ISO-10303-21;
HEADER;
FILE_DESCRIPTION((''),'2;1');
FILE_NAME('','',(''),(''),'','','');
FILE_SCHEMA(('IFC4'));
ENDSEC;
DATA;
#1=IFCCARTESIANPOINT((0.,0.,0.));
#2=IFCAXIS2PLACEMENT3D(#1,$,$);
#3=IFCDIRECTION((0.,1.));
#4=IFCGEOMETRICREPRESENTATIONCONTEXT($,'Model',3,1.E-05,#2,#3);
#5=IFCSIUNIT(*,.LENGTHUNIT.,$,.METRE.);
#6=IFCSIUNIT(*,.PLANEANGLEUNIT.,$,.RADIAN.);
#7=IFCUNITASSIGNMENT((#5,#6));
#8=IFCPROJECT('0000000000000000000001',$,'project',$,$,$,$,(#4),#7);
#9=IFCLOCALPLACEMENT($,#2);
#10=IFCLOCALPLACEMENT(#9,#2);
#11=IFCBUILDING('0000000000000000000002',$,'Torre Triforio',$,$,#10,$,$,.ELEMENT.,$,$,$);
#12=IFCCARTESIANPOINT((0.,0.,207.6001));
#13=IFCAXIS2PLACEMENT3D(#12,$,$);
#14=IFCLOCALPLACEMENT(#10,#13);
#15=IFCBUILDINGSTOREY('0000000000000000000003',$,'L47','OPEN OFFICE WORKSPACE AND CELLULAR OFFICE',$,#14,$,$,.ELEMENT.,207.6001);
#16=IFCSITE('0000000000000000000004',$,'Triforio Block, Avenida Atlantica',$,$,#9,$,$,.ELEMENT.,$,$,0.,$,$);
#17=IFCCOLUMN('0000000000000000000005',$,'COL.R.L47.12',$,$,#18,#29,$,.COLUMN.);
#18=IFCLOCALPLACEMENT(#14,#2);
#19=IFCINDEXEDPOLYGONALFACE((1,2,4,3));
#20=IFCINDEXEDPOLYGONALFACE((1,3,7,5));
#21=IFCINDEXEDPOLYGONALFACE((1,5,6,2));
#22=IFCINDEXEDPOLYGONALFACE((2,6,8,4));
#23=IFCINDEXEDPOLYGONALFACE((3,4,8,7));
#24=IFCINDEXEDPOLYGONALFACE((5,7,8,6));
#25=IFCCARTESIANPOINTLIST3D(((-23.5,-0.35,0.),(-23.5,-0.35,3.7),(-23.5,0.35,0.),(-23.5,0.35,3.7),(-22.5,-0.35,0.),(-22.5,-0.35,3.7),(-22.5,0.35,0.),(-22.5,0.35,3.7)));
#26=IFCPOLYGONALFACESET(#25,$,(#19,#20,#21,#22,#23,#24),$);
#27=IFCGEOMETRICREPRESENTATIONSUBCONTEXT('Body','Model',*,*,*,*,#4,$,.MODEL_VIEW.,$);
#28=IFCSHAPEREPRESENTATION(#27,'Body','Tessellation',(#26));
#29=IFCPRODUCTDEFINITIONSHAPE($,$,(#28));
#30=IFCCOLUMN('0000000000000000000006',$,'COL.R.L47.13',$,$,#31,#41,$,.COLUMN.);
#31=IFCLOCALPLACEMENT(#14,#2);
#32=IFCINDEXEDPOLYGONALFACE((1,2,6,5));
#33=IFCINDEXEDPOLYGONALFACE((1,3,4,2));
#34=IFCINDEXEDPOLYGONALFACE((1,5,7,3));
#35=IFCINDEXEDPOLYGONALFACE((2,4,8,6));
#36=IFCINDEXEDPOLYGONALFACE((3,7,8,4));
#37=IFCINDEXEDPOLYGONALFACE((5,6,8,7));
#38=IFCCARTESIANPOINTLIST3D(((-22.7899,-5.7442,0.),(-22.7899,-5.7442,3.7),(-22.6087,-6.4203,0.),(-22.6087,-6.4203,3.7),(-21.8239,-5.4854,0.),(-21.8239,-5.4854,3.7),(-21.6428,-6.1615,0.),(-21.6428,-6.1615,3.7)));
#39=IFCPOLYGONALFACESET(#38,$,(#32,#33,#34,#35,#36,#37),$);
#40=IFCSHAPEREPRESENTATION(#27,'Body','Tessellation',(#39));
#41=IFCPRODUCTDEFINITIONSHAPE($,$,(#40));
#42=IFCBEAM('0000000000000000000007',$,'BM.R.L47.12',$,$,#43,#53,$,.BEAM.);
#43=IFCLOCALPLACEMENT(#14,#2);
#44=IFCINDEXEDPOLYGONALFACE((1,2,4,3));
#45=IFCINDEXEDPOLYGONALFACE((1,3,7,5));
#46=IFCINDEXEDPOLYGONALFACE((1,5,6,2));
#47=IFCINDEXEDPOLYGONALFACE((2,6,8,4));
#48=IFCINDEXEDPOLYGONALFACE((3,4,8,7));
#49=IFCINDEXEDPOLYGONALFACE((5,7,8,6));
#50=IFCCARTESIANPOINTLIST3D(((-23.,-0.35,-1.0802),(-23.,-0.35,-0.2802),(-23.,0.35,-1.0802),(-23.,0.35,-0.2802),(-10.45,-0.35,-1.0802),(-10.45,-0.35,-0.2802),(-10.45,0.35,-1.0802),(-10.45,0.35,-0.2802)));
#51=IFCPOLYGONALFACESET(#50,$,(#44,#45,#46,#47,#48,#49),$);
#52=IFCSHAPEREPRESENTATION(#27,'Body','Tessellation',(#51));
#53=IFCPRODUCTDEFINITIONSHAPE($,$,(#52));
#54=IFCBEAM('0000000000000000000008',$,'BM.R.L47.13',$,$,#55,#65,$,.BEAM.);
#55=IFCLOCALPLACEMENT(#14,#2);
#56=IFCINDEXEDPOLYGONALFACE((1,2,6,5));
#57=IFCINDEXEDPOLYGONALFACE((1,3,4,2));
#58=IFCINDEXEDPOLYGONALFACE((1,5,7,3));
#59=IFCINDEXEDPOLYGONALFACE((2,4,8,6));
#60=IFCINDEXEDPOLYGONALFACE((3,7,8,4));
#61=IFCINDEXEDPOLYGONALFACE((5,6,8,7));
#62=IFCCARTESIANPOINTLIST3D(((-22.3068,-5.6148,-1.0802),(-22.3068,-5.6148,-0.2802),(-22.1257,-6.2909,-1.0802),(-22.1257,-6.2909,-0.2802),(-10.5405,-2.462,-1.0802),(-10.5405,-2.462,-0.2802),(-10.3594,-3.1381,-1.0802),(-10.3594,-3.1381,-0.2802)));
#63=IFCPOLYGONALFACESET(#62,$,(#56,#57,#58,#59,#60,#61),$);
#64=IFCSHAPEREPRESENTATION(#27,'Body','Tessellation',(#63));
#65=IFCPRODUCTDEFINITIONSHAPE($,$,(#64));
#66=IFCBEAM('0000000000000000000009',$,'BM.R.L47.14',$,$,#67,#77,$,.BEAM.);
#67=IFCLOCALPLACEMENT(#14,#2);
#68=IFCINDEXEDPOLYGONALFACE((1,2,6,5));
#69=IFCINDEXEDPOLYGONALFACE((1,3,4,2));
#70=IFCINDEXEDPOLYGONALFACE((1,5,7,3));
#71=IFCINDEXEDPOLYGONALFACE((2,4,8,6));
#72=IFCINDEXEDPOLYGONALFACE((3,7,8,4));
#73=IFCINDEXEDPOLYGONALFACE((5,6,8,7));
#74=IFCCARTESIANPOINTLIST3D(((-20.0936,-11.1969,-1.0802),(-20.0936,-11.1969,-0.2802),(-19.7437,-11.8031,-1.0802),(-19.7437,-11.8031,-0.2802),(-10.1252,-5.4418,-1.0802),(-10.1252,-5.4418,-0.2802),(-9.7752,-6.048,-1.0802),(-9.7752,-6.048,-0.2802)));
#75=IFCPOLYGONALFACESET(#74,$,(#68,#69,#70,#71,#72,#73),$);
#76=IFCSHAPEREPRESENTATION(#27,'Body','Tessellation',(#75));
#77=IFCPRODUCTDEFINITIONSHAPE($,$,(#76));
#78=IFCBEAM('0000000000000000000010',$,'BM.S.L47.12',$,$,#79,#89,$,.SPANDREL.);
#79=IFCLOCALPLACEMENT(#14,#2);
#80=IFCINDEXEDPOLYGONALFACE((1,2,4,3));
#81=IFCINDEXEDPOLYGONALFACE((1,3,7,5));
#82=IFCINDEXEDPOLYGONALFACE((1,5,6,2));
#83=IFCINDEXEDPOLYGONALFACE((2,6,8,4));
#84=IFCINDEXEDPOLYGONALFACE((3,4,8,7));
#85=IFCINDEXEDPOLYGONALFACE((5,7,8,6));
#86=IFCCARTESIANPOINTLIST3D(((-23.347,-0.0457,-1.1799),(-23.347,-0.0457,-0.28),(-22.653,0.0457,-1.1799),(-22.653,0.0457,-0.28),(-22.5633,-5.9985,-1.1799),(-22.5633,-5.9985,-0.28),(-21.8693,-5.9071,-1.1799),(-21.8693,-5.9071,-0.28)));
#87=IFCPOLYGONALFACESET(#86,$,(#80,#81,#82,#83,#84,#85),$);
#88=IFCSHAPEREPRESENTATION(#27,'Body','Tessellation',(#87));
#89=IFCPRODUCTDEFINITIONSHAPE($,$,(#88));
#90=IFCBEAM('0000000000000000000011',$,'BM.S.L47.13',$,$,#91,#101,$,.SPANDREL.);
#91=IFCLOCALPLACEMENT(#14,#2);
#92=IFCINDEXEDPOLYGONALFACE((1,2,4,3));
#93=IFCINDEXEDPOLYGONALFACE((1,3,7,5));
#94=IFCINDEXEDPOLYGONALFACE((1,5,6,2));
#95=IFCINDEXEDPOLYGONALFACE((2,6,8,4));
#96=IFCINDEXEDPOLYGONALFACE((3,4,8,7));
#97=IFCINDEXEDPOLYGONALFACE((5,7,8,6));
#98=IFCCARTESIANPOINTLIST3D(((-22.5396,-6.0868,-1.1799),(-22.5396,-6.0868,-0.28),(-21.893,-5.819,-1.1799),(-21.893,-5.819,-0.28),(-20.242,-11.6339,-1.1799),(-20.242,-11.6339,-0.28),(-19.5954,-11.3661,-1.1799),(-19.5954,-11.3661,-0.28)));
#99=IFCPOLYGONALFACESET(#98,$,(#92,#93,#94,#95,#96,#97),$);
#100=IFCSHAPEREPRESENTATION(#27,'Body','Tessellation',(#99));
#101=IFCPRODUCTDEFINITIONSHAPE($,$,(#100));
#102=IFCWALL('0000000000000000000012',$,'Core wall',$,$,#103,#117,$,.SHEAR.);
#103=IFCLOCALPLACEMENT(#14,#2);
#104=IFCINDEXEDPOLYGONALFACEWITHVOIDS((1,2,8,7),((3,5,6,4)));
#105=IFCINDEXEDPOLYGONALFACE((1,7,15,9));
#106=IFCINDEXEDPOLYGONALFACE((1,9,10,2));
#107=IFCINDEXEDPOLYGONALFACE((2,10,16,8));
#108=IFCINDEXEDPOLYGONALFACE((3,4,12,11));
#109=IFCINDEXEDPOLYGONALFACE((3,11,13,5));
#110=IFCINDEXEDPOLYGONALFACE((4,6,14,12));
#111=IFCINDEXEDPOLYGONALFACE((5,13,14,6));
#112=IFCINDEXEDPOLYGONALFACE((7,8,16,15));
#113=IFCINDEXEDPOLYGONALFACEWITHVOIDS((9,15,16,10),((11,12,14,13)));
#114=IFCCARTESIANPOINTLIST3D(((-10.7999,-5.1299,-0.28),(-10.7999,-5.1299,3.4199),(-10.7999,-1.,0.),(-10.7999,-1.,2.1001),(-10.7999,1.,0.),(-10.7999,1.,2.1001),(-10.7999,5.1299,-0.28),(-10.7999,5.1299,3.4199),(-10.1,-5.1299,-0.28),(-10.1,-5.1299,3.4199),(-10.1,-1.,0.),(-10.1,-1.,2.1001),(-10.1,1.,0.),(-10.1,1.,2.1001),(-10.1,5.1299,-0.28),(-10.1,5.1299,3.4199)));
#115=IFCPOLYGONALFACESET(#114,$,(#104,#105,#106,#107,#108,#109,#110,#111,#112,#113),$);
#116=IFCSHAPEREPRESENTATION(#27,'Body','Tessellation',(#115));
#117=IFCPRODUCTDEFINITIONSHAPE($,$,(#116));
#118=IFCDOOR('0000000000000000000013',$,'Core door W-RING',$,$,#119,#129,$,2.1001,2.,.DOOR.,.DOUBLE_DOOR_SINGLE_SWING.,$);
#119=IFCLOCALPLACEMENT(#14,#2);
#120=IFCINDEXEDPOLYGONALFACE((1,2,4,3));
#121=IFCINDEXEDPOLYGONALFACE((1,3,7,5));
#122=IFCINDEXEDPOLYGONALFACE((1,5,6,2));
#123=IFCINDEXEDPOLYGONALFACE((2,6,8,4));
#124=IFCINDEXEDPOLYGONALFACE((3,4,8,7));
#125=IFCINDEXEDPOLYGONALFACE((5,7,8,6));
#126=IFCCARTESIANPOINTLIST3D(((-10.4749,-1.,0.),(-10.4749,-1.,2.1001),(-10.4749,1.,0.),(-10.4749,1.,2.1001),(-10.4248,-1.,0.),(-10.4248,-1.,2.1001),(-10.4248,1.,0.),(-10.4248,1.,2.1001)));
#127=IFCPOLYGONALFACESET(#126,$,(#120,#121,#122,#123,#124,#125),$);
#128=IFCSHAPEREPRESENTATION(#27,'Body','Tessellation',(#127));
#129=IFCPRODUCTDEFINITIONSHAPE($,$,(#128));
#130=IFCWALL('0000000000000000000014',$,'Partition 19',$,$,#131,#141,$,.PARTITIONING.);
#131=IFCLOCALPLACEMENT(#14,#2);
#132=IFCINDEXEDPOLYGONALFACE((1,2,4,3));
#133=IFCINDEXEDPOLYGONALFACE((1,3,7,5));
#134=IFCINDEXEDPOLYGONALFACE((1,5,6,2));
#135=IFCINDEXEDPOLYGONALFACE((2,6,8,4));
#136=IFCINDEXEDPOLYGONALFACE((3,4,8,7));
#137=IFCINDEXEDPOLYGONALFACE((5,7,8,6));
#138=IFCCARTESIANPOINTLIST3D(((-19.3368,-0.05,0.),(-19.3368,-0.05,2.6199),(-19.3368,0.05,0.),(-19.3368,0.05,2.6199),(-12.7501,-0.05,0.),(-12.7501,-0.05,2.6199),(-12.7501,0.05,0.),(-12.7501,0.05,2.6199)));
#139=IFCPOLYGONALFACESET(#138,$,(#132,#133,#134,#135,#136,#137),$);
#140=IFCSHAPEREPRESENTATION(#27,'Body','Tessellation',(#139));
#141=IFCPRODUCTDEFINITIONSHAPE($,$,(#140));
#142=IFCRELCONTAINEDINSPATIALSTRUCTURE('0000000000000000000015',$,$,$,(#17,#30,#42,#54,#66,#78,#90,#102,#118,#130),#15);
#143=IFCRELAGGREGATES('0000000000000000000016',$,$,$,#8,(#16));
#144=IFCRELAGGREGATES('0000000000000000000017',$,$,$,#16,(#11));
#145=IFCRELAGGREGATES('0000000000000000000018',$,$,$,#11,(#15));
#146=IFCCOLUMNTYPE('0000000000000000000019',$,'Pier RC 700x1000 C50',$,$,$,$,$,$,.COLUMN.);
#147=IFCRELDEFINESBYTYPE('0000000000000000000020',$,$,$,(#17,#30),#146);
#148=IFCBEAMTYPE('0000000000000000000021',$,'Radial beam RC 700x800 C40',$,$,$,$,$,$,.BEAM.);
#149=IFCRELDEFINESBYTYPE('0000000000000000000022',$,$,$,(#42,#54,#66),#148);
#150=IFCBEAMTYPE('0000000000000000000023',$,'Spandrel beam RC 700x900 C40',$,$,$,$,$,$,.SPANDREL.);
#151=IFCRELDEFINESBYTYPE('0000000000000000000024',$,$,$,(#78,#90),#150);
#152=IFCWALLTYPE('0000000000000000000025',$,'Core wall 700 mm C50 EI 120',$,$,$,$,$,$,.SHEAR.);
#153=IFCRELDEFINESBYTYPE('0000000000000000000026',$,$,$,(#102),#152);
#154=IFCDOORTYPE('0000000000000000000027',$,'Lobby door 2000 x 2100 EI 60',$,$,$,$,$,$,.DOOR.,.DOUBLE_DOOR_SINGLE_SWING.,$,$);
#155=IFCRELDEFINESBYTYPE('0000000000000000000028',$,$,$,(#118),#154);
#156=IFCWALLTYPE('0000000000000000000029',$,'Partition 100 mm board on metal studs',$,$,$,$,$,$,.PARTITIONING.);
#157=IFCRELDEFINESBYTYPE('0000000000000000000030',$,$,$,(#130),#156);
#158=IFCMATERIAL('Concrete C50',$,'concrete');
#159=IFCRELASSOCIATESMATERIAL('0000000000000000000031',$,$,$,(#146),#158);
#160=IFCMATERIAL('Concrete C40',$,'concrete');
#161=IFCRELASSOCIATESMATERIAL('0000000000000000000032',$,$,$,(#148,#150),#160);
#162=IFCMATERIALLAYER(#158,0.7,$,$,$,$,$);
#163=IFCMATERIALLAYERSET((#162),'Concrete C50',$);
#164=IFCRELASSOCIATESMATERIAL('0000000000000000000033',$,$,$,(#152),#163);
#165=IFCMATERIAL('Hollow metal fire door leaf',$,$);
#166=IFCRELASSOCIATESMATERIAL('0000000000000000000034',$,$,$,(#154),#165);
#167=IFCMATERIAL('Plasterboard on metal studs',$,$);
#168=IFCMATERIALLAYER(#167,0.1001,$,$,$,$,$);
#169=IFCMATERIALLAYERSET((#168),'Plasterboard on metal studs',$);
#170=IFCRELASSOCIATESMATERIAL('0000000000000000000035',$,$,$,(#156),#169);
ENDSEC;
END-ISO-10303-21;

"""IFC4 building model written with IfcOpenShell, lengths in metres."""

from ifc_helpers import new_model, si_unit, direction, frame, frame_2d, origin, origin_2d, place, context, subcontext, project, spatial, rectangle, extrude, material, layer, layer_set, material_profile, profile_set, type_object, element, fill, save


model = new_model("IFC4")

# Units and contexts
model_context = context("Model", 3, precision=1e-05, world=origin(), true_north=direction((0.0, 1.0)))
body_context = subcontext(model_context, "Body", "Model", "MODEL_VIEW")
ifc_project = project(units=[si_unit("LENGTHUNIT", "METRE"), si_unit("PLANEANGLEUNIT", "RADIAN")], contexts=[model_context])

# Site, building, storey
site_placement = place(None, origin())
site = spatial("IfcSite", under=ifc_project, at=site_placement, Name="Triforio Block, Avenida Atlantica", CompositionType="ELEMENT", RefElevation=0.0)
building_placement = place(site_placement, origin())
building = spatial("IfcBuilding", under=site, at=building_placement, Name="Torre Triforio", CompositionType="ELEMENT")
storey_placement = place(building_placement, frame((0.0, 0.0, 207.6001)))
storey = spatial("IfcBuildingStorey", under=building, at=storey_placement, Name="L47", Description="OPEN OFFICE WORKSPACE AND CELLULAR OFFICE", CompositionType="ELEMENT", Elevation=207.6001)

# Columns
ifc_material_1 = material(Name="Concrete C50", Category="concrete")
ifc_material_profile_1 = material_profile(ifc_material_1, rectangle(XDim=0.7, YDim=1.0, at=origin_2d()), Name="RC 700x1000")
ifc_profile_set_1 = profile_set([ifc_material_profile_1], Name="Concrete C50")
column_type = type_object("IfcColumnType", Name="Pier RC 700x1000 C50", PredefinedType="COLUMN", material=ifc_profile_set_1)
for number, where, z_axis, x_axis, name in (
    (1, (-23.0, 0.0, 0.0), (0.0, 0.0, 1.0), (0.0, -1.0, 0.0), "COL.R.L47.12"),
    (2, (-22.2163, -5.9529, 0.0), (0.0, 0.0, 1.0), (0.258819, -0.965926, 0.0), "COL.R.L47.13"),
):
    element("IfcColumn", number, at=place(storey_placement, frame(where, z_axis=z_axis, x_axis=x_axis)), inside=storey, type_object=column_type, Name=name, PredefinedType="COLUMN", context=body_context, shape_type="SweptSolid", body=[
        extrude(rectangle(XDim=0.7, YDim=1.0, at=origin_2d()), origin(), (0.0, 0.0, 1.0), 3.7),
    ])

# Beams
ifc_material_2 = material(Name="Concrete C40", Category="concrete")
ifc_material_profile_2 = material_profile(ifc_material_2, rectangle(XDim=0.7, YDim=0.8, at=origin_2d()), Name="RC 700x800")
ifc_profile_set_2 = profile_set([ifc_material_profile_2], Name="Concrete C40")
beam_type_1 = type_object("IfcBeamType", Name="Radial beam RC 700x800 C40", PredefinedType="BEAM", material=ifc_profile_set_2)
beam_1_placement = place(storey_placement, frame((-10.45, 0.0, -0.6802), z_axis=(-1.0, 0.0, 0.0), x_axis=(0.0, -1.0, 0.0)))
element("IfcBeam", 3, at=beam_1_placement, inside=storey, type_object=beam_type_1, Name="BM.R.L47.12", PredefinedType="BEAM", context=body_context, shape_type="SweptSolid", body=[
    extrude(rectangle(XDim=0.7, YDim=0.8, at=origin_2d()), origin(), (0.0, 0.0, 1.0), 12.55),
])
beam_2_placement = place(storey_placement, frame((-10.45, -2.8, -0.6802), z_axis=(-0.965925, -0.258823, 0.0), x_axis=(0.258823, -0.965925, 0.0)))
element("IfcBeam", 4, at=beam_2_placement, inside=storey, type_object=beam_type_1, Name="BM.R.L47.13", PredefinedType="BEAM", context=body_context, shape_type="SweptSolid", body=[
    extrude(rectangle(XDim=0.7, YDim=0.8, at=origin_2d()), origin(), (0.0, 0.0, 1.0), 12.1814),
])
beam_3_placement = place(storey_placement, frame((-9.9502, -5.7449, -0.6802), z_axis=(-0.866033, -0.499987, 0.0), x_axis=(0.499987, -0.866033, 0.0)))
element("IfcBeam", 5, at=beam_3_placement, inside=storey, type_object=beam_type_1, Name="BM.R.L47.14", PredefinedType="BEAM", context=body_context, shape_type="SweptSolid", body=[
    extrude(rectangle(XDim=0.7, YDim=0.8, at=origin_2d()), origin(), (0.0, 0.0, 1.0), 11.5105),
])
ifc_material_profile_3 = material_profile(ifc_material_2, rectangle(XDim=0.7, YDim=0.8999, at=origin_2d()), Name="RC 700x900")
ifc_profile_set_3 = profile_set([ifc_material_profile_3], Name="Concrete C40")
beam_type_2 = type_object("IfcBeamType", Name="Spandrel beam RC 700x900 C40", PredefinedType="SPANDREL", material=ifc_profile_set_3)
for number, where, z_axis, x_axis, name in (
    (6, (-23.0, 0.0, -0.73), (0.130523, -0.991445, 0.0), (0.991445, 0.130523, 0.0), "BM.S.L47.12"),
    (7, (-22.2163, -5.9529, -0.73), (0.382671, -0.923885, 0.0), (0.923885, 0.382671, 0.0), "BM.S.L47.13"),
):
    element("IfcBeam", number, at=place(storey_placement, frame(where, z_axis=z_axis, x_axis=x_axis)), inside=storey, type_object=beam_type_2, Name=name, PredefinedType="SPANDREL", context=body_context, shape_type="SweptSolid", body=[
        extrude(rectangle(XDim=0.7, YDim=0.8999, at=origin_2d()), origin(), (0.0, 0.0, 1.0), 6.0042),
    ])

# Wall, opening, door
ifc_layer_1 = layer(ifc_material_1, 0.7)
ifc_layer_set_1 = layer_set([ifc_layer_1], Name="Concrete C50")
wall_type_1 = type_object("IfcWallType", Name="Core wall 700 mm C50 EI 120", PredefinedType="SHEAR", material=ifc_layer_set_1)
wall_1_placement = place(storey_placement, frame((-10.45, -5.1299, -0.28), z_axis=(0.0, 0.0, 1.0), x_axis=(0.0, 1.0, 0.0)))
wall_1 = element("IfcWall", 8, at=wall_1_placement, inside=storey, type_object=wall_type_1, Name="Core wall", PredefinedType="SHEAR", context=body_context, shape_type="SweptSolid", body=[
    extrude(rectangle(XDim=10.2598, YDim=0.7, at=frame_2d((5.1299, 0.0))), origin(), (0.0, 0.0, 1.0), 3.7),
])
opening_1_placement = place(wall_1_placement, frame((4.1299, 0.0, 0.28)))
opening_1 = element("IfcOpeningElement", 9, at=opening_1_placement, cuts=wall_1, PredefinedType="OPENING", context=body_context, shape_type="SweptSolid", body=[
    extrude(rectangle(XDim=2.0, YDim=2.1001, at=frame_2d((1.0, 1.05))), frame((0.0, 0.3599, 0.0), z_axis=(0.0, -1.0, 0.0), x_axis=(1.0, 0.0, 0.0)), (0.0, 0.0, 1.0), 0.72),
])
ifc_material_3 = material(Name="Hollow metal fire door leaf")
door_type_1 = type_object("IfcDoorType", Name="Lobby door 2000 x 2100 EI 60", OperationType="DOUBLE_DOOR_SINGLE_SWING", PredefinedType="DOOR", material=ifc_material_3)
door_1_placement = place(opening_1_placement, origin())
door_1 = element("IfcDoor", 10, at=door_1_placement, inside=storey, type_object=door_type_1, Name="Core door W-RING", OperationType="DOUBLE_DOOR_SINGLE_SWING", OverallHeight=2.1001, OverallWidth=2.0, PredefinedType="DOOR", context=body_context, shape_type="SweptSolid", body=[
    extrude(rectangle(XDim=2.0, YDim=2.1001, at=frame_2d((1.0, 1.05))), frame((0.0, 0.0249, 0.0), z_axis=(0.0, -1.0, 0.0), x_axis=(1.0, 0.0, 0.0)), (0.0, 0.0, 1.0), 0.05),
])
fill(opening_1, door_1)

# Wall
ifc_material_4 = material(Name="Plasterboard on metal studs")
ifc_layer_2 = layer(ifc_material_4, 0.1001)
ifc_layer_set_2 = layer_set([ifc_layer_2], Name="Plasterboard on metal studs")
wall_type_2 = type_object("IfcWallType", Name="Partition 100 mm board on metal studs", PredefinedType="PARTITIONING", material=ifc_layer_set_2)
wall_2_placement = place(storey_placement, frame((-12.75, 0.0, 0.0), z_axis=(0.0, 0.0, 1.0), x_axis=(-1.0, 0.0, 0.0)))
element("IfcWall", 11, at=wall_2_placement, inside=storey, type_object=wall_type_2, Name="Partition 19", PredefinedType="PARTITIONING", context=body_context, shape_type="SweptSolid", body=[
    extrude(rectangle(XDim=6.5867, YDim=0.1001, at=frame_2d((3.2935, 0.0))), origin(), (0.0, 0.0, 1.0), 2.6199),
])

save(model, "model.ifc")
